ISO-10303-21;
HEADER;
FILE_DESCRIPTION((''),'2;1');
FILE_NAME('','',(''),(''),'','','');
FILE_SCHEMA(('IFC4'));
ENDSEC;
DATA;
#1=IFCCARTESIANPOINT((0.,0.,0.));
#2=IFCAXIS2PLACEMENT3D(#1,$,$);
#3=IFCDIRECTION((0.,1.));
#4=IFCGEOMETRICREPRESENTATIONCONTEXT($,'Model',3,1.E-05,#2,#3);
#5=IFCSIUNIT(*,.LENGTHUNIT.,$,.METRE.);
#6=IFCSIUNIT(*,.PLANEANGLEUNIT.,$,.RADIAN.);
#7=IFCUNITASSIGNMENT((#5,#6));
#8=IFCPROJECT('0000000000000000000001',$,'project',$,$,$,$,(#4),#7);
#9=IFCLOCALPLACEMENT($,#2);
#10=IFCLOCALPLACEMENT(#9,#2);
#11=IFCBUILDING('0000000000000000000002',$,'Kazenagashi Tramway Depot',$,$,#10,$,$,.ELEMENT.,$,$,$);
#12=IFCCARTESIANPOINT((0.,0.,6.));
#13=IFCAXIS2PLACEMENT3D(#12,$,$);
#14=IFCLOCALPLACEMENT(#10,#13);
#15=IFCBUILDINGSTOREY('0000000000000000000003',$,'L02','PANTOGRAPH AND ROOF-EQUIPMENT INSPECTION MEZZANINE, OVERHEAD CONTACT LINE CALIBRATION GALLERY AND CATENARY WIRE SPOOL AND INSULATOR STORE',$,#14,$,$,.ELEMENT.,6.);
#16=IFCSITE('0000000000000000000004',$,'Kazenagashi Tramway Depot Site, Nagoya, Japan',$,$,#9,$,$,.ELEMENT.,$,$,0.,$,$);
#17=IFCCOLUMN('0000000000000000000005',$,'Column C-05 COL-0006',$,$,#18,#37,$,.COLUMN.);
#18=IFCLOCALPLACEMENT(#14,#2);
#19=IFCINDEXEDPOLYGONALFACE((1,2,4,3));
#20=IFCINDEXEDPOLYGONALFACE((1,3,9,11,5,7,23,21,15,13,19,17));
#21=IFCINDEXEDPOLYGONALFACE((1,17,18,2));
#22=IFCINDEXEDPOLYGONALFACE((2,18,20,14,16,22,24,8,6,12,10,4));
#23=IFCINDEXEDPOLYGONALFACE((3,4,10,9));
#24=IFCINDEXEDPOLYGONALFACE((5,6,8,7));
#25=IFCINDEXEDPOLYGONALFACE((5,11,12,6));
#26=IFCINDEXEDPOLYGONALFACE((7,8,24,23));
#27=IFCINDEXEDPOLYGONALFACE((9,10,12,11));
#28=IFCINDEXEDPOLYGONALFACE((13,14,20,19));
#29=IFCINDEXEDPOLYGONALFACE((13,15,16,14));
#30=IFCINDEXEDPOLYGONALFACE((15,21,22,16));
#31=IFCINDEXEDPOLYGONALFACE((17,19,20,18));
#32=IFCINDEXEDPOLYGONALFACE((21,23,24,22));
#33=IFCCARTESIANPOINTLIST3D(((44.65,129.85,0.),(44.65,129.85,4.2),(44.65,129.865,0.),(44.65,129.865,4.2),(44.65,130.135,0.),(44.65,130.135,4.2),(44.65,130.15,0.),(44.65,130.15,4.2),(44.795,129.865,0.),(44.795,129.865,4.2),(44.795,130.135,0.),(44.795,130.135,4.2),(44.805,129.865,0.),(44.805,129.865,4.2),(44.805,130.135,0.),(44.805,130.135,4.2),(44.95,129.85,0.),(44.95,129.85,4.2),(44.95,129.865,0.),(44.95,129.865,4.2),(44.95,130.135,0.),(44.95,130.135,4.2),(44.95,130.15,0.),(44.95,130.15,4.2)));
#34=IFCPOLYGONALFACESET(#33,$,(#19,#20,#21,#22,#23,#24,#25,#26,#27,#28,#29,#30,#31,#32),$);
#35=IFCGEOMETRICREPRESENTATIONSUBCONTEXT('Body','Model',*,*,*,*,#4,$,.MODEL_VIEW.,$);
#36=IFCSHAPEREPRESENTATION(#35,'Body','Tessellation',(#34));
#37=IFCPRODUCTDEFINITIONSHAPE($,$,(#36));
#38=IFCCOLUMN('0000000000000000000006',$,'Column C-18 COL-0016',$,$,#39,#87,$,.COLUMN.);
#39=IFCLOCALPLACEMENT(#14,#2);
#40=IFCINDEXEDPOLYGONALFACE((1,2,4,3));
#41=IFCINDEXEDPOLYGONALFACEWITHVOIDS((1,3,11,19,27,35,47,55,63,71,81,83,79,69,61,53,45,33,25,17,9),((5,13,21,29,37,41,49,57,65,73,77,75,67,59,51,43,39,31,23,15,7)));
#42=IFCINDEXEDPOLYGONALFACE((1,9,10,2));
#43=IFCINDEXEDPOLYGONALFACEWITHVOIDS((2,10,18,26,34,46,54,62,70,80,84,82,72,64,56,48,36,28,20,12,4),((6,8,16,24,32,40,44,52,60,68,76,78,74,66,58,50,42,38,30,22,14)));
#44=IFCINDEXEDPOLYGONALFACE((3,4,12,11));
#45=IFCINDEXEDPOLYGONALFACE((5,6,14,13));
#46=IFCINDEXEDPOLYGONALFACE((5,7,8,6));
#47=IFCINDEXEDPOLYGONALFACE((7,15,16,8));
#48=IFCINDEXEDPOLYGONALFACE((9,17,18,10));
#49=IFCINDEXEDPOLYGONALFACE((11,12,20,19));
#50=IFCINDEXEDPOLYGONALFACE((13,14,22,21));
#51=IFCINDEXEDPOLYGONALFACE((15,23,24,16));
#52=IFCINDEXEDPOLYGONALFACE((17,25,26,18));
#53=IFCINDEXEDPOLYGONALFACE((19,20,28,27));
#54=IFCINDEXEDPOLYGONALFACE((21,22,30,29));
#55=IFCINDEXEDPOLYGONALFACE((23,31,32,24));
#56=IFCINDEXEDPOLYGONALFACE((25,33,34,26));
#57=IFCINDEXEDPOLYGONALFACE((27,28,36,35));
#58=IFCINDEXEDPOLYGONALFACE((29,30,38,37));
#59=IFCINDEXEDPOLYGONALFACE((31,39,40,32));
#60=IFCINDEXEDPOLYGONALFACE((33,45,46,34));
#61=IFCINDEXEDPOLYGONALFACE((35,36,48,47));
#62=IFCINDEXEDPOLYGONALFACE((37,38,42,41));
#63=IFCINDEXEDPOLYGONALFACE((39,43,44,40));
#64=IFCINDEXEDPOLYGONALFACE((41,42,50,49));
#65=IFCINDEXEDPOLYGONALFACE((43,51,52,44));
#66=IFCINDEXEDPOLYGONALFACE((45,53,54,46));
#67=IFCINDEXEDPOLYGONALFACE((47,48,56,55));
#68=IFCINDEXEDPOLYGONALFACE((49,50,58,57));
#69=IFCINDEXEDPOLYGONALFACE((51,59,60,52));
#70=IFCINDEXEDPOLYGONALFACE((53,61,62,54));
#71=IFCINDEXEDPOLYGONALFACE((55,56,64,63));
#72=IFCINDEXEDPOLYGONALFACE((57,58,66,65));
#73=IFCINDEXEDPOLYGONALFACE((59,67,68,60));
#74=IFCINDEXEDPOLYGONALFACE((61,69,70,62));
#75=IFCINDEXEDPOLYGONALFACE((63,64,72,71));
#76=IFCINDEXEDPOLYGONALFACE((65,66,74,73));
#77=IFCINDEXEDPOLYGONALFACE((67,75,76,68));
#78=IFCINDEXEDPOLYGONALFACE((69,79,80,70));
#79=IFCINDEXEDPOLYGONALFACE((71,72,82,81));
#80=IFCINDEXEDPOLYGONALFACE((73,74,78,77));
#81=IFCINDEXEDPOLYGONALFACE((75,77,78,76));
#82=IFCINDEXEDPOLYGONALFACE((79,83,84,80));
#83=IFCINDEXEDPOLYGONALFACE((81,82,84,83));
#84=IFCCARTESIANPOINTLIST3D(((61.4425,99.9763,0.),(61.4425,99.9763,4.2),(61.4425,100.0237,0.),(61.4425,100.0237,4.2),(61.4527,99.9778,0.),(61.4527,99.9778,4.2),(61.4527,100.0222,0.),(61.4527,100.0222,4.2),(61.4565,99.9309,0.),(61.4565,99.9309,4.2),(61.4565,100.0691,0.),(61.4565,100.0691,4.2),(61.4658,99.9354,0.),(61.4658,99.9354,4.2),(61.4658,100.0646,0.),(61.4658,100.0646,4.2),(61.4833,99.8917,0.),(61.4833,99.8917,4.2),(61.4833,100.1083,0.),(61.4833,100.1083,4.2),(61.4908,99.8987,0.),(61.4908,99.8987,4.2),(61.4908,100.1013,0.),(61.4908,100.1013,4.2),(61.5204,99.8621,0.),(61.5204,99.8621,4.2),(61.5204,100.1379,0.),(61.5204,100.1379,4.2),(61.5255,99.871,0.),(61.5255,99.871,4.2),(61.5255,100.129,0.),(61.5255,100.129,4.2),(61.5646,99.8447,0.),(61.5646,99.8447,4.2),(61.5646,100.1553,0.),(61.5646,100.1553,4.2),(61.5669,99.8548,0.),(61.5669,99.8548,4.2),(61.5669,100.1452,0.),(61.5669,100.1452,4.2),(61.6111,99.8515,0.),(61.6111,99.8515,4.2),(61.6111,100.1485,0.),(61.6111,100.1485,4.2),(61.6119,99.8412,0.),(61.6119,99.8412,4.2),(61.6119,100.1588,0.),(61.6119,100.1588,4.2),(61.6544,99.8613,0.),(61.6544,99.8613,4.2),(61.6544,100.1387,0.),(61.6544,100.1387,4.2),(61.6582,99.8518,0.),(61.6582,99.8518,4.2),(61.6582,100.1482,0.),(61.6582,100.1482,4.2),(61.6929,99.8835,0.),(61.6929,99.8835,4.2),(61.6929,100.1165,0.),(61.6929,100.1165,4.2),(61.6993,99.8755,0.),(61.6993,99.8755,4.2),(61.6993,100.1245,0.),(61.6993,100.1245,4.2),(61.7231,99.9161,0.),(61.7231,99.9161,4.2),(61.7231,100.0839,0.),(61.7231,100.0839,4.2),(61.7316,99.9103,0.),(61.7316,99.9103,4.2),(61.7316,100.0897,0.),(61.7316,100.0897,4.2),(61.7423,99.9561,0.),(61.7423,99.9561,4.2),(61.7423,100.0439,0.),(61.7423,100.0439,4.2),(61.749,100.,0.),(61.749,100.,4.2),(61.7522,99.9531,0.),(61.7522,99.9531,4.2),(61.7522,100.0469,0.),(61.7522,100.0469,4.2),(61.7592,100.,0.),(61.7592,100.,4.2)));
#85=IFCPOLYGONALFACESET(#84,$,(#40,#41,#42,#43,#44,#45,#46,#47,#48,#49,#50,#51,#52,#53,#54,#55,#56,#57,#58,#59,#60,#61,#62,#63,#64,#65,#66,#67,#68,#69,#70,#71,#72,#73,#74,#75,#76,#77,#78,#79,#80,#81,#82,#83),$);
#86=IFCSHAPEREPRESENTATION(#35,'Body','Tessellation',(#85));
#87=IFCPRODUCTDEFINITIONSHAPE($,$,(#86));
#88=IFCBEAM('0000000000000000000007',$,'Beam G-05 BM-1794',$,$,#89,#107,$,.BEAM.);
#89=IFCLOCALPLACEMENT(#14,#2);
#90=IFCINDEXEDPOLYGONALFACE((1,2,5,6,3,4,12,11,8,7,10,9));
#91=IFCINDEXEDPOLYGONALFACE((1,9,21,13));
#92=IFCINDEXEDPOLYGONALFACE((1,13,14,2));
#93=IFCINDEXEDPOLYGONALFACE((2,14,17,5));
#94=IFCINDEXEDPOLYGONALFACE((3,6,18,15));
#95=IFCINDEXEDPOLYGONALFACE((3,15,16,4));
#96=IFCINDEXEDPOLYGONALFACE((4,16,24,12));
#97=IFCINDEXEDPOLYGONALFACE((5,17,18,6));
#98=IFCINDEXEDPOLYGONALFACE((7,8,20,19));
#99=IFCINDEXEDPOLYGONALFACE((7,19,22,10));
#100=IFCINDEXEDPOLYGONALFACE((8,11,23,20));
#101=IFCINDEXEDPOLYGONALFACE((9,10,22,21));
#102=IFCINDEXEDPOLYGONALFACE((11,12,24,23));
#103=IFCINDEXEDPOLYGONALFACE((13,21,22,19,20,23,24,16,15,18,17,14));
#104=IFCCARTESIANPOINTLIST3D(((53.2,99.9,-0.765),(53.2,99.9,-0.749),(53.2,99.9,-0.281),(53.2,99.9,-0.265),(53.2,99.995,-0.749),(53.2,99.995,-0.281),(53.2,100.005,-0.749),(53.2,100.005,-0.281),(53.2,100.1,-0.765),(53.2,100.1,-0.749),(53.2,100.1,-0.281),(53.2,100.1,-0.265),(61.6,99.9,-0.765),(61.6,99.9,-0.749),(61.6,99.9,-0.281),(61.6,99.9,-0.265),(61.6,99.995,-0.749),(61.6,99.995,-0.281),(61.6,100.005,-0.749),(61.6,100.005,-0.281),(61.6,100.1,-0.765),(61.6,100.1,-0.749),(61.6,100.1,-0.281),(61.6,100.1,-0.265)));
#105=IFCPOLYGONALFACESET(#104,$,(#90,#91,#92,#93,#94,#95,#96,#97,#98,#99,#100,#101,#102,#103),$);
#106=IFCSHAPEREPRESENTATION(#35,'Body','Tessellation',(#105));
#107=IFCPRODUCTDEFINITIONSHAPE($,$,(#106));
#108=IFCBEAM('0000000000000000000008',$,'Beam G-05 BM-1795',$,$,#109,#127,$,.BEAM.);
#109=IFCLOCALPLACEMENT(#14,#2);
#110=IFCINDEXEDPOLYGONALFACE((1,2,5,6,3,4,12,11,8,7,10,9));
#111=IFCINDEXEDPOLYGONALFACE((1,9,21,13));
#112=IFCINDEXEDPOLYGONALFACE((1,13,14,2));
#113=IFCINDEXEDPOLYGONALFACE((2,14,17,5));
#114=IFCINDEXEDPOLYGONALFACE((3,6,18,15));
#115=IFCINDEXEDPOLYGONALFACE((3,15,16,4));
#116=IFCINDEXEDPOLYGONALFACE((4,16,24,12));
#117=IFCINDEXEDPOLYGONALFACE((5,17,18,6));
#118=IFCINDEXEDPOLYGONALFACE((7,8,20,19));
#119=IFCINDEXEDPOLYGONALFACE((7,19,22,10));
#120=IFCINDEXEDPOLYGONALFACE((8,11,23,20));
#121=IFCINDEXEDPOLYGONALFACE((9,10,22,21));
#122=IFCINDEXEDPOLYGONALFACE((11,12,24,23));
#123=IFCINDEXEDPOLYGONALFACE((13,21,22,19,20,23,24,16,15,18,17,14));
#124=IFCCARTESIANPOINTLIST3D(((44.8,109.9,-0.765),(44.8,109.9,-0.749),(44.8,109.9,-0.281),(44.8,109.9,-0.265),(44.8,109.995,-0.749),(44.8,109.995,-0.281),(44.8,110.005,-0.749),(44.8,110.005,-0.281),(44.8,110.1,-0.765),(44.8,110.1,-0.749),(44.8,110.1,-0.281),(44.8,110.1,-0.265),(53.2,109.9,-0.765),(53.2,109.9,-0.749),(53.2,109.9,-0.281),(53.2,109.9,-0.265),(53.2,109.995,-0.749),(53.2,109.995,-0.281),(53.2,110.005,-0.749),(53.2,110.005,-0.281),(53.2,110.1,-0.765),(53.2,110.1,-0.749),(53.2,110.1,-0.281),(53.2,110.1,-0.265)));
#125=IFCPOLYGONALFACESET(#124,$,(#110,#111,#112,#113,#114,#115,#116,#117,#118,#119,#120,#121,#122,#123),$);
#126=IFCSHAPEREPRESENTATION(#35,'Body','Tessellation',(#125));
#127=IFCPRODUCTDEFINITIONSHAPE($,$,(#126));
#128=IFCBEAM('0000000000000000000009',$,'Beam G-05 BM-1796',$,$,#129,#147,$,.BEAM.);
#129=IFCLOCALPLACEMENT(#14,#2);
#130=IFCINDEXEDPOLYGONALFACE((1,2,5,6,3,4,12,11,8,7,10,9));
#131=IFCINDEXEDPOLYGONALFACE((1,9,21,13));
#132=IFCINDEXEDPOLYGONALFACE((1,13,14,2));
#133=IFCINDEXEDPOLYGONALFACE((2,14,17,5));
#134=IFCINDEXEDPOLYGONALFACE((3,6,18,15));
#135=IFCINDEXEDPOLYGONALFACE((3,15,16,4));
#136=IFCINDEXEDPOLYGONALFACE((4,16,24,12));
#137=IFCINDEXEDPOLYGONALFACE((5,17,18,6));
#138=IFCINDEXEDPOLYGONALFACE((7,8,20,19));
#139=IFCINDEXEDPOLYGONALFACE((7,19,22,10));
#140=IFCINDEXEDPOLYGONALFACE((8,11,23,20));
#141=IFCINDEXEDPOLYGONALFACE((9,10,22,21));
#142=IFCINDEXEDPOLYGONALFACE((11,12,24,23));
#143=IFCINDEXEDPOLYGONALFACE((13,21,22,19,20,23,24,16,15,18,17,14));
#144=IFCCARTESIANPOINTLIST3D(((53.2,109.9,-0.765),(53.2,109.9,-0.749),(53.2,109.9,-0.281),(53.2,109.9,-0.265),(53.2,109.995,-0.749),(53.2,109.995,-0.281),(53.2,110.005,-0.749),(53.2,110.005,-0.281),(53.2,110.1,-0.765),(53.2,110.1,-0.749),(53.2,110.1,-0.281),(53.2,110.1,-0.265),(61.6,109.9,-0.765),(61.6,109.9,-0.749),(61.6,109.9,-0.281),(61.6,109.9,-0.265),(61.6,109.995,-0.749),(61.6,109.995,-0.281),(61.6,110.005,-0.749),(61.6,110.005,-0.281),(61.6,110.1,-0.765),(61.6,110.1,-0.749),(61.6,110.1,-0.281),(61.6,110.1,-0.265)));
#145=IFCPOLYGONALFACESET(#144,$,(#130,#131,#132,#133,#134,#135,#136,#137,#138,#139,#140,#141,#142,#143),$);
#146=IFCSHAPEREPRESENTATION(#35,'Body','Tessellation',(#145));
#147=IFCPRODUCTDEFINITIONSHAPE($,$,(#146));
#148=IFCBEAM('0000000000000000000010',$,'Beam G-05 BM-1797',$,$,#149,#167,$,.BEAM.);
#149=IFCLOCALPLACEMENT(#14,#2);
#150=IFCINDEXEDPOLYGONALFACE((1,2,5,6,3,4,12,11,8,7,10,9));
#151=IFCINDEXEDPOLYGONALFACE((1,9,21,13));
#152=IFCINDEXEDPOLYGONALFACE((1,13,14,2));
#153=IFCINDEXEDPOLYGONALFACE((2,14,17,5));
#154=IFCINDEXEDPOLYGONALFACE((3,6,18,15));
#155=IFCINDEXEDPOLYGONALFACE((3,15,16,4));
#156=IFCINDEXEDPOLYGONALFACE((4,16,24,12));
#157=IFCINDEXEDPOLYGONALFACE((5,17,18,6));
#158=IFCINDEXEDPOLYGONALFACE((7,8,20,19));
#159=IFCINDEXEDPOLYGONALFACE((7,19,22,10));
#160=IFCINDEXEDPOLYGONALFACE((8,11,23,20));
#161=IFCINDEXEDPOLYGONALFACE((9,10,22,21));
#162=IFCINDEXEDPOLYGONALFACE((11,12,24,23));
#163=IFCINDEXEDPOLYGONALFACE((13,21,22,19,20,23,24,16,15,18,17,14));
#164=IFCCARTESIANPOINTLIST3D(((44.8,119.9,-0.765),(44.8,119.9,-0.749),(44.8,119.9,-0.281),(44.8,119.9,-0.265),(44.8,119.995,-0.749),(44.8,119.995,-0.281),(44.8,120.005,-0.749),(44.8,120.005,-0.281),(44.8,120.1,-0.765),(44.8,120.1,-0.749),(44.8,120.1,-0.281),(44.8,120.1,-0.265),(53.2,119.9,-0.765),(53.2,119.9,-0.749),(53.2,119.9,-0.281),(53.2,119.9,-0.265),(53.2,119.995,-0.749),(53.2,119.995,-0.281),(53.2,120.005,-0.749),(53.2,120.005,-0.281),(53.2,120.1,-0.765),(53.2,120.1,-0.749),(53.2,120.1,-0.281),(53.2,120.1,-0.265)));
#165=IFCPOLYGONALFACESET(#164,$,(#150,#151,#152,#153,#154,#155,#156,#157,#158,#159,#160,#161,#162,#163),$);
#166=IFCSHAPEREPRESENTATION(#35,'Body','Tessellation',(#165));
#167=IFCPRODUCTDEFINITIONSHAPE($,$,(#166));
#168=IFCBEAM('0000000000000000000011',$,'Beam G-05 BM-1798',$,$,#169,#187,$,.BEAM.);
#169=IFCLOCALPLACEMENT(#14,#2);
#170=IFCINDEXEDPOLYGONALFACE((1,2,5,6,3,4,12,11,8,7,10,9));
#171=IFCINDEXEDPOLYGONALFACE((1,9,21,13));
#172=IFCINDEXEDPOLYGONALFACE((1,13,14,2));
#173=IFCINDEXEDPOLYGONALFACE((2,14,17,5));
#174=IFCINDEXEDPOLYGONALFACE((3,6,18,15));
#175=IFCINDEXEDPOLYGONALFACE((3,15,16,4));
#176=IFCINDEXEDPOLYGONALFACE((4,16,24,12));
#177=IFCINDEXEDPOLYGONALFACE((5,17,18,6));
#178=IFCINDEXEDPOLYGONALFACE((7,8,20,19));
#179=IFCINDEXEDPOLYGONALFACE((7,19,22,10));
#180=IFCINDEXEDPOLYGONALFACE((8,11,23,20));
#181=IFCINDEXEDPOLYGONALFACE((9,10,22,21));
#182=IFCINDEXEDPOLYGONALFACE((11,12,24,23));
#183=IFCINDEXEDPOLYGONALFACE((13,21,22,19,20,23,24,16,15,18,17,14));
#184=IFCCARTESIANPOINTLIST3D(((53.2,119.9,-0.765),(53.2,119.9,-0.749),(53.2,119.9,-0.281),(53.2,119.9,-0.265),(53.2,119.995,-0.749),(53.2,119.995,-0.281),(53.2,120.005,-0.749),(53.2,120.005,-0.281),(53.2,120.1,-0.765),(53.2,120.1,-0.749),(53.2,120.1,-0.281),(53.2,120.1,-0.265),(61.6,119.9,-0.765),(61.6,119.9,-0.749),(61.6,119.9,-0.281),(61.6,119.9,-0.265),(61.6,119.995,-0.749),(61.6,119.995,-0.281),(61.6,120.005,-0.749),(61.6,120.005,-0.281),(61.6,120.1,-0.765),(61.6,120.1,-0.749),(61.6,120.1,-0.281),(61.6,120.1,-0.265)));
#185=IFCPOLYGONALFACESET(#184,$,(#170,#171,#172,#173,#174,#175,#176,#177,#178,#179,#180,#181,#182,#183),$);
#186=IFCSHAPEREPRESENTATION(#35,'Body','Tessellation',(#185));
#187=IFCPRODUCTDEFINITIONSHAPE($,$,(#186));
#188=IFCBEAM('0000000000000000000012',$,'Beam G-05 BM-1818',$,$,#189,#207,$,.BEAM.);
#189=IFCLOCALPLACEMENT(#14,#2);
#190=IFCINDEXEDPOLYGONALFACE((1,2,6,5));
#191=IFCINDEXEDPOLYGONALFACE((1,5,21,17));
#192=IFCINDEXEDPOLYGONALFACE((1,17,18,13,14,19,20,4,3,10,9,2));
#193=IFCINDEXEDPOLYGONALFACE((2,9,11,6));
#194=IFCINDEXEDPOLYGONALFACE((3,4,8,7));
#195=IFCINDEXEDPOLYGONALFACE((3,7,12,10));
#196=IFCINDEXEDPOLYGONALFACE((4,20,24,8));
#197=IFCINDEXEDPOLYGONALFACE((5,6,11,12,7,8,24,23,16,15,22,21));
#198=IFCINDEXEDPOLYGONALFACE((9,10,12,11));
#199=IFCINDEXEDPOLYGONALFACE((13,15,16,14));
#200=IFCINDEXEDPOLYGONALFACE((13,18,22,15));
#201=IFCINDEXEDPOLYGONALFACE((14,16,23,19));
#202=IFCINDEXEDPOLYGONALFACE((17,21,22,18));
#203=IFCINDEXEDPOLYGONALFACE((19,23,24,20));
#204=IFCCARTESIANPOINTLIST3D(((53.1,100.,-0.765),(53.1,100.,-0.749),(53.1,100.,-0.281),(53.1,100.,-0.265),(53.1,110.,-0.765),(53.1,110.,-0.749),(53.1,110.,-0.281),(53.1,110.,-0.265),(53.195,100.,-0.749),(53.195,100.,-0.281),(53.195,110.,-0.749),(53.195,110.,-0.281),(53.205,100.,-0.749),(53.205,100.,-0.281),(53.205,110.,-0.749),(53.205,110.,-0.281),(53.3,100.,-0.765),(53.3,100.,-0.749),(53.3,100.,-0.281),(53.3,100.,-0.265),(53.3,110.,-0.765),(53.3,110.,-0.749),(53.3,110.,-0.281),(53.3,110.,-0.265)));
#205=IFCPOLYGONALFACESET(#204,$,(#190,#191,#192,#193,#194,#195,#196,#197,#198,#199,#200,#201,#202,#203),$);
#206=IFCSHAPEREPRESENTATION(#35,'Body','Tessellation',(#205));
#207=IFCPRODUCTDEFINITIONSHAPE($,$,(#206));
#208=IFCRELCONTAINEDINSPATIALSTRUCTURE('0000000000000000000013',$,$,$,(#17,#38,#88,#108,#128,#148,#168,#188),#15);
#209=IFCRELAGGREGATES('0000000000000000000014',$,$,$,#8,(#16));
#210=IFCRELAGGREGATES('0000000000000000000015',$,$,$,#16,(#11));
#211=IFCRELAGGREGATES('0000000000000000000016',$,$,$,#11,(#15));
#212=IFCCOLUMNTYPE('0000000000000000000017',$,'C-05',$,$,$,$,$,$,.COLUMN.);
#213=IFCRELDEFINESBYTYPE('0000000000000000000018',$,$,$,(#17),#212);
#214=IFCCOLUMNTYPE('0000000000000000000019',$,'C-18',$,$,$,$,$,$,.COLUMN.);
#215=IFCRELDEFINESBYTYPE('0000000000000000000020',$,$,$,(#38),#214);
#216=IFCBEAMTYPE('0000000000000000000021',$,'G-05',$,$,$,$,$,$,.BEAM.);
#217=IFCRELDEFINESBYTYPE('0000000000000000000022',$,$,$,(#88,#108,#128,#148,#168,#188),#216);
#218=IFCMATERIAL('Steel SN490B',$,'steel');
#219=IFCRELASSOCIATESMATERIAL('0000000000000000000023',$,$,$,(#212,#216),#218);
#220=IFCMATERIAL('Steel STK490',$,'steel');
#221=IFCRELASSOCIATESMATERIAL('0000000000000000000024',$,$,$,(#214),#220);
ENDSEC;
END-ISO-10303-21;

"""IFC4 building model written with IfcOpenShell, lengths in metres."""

from ifc_helpers import new_model, si_unit, direction, frame, origin, origin_2d, place, context, subcontext, project, spatial, hollow_circle, i_section, extrude, material, material_profile, profile_set, type_object, element, save


model = new_model("IFC4")

# Units and contexts
model_context = context("Model", 3, precision=1e-05, world=origin(), true_north=direction((0.0, 1.0)))
body_context = subcontext(model_context, "Body", "Model", "MODEL_VIEW")
ifc_project = project(units=[si_unit("LENGTHUNIT", "METRE"), si_unit("PLANEANGLEUNIT", "RADIAN")], contexts=[model_context])

# Site, building, storey
site_placement = place(None, origin())
site = spatial("IfcSite", under=ifc_project, at=site_placement, Name="Kazenagashi Tramway Depot Site, Nagoya, Japan", CompositionType="ELEMENT", RefElevation=0.0)
building_placement = place(site_placement, origin())
building = spatial("IfcBuilding", under=site, at=building_placement, Name="Kazenagashi Tramway Depot", CompositionType="ELEMENT")
storey_placement = place(building_placement, frame((0.0, 0.0, 6.0)))
storey = spatial("IfcBuildingStorey", under=building, at=storey_placement, Name="L02", Description="PANTOGRAPH AND ROOF-EQUIPMENT INSPECTION MEZZANINE, OVERHEAD CONTACT LINE CALIBRATION GALLERY AND CATENARY WIRE SPOOL AND INSULATOR STORE", CompositionType="ELEMENT", Elevation=6.0)

# Columns
ifc_material_1 = material(Name="Steel SN490B", Category="steel")
ifc_material_profile_1 = material_profile(ifc_material_1, i_section(OverallWidth=0.3, OverallDepth=0.3, WebThickness=0.01, FlangeThickness=0.015, at=origin_2d()), Name="H-300x300x10x15")
ifc_profile_set_1 = profile_set([ifc_material_profile_1], Name="Steel SN490B")
column_type_1 = type_object("IfcColumnType", Name="C-05", PredefinedType="COLUMN", material=ifc_profile_set_1)
column_1_placement = place(storey_placement, frame((44.8, 130.0, 0.0), z_axis=(0.0, 0.0, 1.0), x_axis=(1.0, 0.0, 0.0)))
element("IfcColumn", 1, at=column_1_placement, inside=storey, type_object=column_type_1, Name="Column C-05 COL-0006", PredefinedType="COLUMN", context=body_context, shape_type="SweptSolid", body=[
    extrude(i_section(OverallWidth=0.3, OverallDepth=0.3, WebThickness=0.01, FlangeThickness=0.015, at=origin_2d()), origin(), (0.0, 0.0, 1.0), 4.2),
])
ifc_material_2 = material(Name="Steel STK490", Category="steel")
ifc_material_profile_2 = material_profile(ifc_material_2, hollow_circle(Radius=0.1593, WallThickness=0.0103, at=origin_2d()), Name="CHS-318.5x10.3")
ifc_profile_set_2 = profile_set([ifc_material_profile_2], Name="Steel STK490")
column_type_2 = type_object("IfcColumnType", Name="C-18", PredefinedType="COLUMN", material=ifc_profile_set_2)
column_2_placement = place(storey_placement, frame((61.6, 100.0, 0.0), z_axis=(0.0, 0.0, 1.0), x_axis=(1.0, 0.0, 0.0)))
element("IfcColumn", 2, at=column_2_placement, inside=storey, type_object=column_type_2, Name="Column C-18 COL-0016", PredefinedType="COLUMN", context=body_context, shape_type="SweptSolid", body=[
    extrude(hollow_circle(Radius=0.1593, WallThickness=0.0103, at=origin_2d()), origin(), (0.0, 0.0, 1.0), 4.2),
])

# Beams
ifc_material_profile_3 = material_profile(ifc_material_1, i_section(OverallWidth=0.2, OverallDepth=0.5, WebThickness=0.01, FlangeThickness=0.016, at=origin_2d()), Name="H-500x200x10x16")
ifc_profile_set_3 = profile_set([ifc_material_profile_3], Name="Steel SN490B")
beam_type_1 = type_object("IfcBeamType", Name="G-05", PredefinedType="BEAM", material=ifc_profile_set_3)
for number, where, z_axis, x_axis, name in (
    (3, (53.2, 100.0, -0.515), (1.0, 0.0, 0.0), (0.0, 1.0, 0.0), "Beam G-05 BM-1794"),
    (4, (44.8, 110.0, -0.515), (1.0, 0.0, 0.0), (0.0, 1.0, 0.0), "Beam G-05 BM-1795"),
    (5, (53.2, 110.0, -0.515), (1.0, 0.0, 0.0), (0.0, 1.0, 0.0), "Beam G-05 BM-1796"),
    (6, (44.8, 120.0, -0.515), (1.0, 0.0, 0.0), (0.0, 1.0, 0.0), "Beam G-05 BM-1797"),
    (7, (53.2, 120.0, -0.515), (1.0, 0.0, 0.0), (0.0, 1.0, 0.0), "Beam G-05 BM-1798"),
):
    element("IfcBeam", number, at=place(storey_placement, frame(where, z_axis=z_axis, x_axis=x_axis)), inside=storey, type_object=beam_type_1, Name=name, PredefinedType="BEAM", context=body_context, shape_type="SweptSolid", body=[
        extrude(i_section(OverallWidth=0.2, OverallDepth=0.5, WebThickness=0.01, FlangeThickness=0.016, at=origin_2d()), origin(), (0.0, 0.0, 1.0), 8.4),
    ])
for number, where, z_axis, x_axis, name in (
    (8, (53.2, 100.0, -0.515), (0.0, 1.0, 0.0), (-1.0, 0.0, 0.0), "Beam G-05 BM-1818"),
):
    element("IfcBeam", number, at=place(storey_placement, frame(where, z_axis=z_axis, x_axis=x_axis)), inside=storey, type_object=beam_type_1, Name=name, PredefinedType="BEAM", context=body_context, shape_type="SweptSolid", body=[
        extrude(i_section(OverallWidth=0.2, OverallDepth=0.5, WebThickness=0.01, FlangeThickness=0.016, at=origin_2d()), origin(), (0.0, 0.0, 1.0), 10.0),
    ])

save(model, "model.ifc")
